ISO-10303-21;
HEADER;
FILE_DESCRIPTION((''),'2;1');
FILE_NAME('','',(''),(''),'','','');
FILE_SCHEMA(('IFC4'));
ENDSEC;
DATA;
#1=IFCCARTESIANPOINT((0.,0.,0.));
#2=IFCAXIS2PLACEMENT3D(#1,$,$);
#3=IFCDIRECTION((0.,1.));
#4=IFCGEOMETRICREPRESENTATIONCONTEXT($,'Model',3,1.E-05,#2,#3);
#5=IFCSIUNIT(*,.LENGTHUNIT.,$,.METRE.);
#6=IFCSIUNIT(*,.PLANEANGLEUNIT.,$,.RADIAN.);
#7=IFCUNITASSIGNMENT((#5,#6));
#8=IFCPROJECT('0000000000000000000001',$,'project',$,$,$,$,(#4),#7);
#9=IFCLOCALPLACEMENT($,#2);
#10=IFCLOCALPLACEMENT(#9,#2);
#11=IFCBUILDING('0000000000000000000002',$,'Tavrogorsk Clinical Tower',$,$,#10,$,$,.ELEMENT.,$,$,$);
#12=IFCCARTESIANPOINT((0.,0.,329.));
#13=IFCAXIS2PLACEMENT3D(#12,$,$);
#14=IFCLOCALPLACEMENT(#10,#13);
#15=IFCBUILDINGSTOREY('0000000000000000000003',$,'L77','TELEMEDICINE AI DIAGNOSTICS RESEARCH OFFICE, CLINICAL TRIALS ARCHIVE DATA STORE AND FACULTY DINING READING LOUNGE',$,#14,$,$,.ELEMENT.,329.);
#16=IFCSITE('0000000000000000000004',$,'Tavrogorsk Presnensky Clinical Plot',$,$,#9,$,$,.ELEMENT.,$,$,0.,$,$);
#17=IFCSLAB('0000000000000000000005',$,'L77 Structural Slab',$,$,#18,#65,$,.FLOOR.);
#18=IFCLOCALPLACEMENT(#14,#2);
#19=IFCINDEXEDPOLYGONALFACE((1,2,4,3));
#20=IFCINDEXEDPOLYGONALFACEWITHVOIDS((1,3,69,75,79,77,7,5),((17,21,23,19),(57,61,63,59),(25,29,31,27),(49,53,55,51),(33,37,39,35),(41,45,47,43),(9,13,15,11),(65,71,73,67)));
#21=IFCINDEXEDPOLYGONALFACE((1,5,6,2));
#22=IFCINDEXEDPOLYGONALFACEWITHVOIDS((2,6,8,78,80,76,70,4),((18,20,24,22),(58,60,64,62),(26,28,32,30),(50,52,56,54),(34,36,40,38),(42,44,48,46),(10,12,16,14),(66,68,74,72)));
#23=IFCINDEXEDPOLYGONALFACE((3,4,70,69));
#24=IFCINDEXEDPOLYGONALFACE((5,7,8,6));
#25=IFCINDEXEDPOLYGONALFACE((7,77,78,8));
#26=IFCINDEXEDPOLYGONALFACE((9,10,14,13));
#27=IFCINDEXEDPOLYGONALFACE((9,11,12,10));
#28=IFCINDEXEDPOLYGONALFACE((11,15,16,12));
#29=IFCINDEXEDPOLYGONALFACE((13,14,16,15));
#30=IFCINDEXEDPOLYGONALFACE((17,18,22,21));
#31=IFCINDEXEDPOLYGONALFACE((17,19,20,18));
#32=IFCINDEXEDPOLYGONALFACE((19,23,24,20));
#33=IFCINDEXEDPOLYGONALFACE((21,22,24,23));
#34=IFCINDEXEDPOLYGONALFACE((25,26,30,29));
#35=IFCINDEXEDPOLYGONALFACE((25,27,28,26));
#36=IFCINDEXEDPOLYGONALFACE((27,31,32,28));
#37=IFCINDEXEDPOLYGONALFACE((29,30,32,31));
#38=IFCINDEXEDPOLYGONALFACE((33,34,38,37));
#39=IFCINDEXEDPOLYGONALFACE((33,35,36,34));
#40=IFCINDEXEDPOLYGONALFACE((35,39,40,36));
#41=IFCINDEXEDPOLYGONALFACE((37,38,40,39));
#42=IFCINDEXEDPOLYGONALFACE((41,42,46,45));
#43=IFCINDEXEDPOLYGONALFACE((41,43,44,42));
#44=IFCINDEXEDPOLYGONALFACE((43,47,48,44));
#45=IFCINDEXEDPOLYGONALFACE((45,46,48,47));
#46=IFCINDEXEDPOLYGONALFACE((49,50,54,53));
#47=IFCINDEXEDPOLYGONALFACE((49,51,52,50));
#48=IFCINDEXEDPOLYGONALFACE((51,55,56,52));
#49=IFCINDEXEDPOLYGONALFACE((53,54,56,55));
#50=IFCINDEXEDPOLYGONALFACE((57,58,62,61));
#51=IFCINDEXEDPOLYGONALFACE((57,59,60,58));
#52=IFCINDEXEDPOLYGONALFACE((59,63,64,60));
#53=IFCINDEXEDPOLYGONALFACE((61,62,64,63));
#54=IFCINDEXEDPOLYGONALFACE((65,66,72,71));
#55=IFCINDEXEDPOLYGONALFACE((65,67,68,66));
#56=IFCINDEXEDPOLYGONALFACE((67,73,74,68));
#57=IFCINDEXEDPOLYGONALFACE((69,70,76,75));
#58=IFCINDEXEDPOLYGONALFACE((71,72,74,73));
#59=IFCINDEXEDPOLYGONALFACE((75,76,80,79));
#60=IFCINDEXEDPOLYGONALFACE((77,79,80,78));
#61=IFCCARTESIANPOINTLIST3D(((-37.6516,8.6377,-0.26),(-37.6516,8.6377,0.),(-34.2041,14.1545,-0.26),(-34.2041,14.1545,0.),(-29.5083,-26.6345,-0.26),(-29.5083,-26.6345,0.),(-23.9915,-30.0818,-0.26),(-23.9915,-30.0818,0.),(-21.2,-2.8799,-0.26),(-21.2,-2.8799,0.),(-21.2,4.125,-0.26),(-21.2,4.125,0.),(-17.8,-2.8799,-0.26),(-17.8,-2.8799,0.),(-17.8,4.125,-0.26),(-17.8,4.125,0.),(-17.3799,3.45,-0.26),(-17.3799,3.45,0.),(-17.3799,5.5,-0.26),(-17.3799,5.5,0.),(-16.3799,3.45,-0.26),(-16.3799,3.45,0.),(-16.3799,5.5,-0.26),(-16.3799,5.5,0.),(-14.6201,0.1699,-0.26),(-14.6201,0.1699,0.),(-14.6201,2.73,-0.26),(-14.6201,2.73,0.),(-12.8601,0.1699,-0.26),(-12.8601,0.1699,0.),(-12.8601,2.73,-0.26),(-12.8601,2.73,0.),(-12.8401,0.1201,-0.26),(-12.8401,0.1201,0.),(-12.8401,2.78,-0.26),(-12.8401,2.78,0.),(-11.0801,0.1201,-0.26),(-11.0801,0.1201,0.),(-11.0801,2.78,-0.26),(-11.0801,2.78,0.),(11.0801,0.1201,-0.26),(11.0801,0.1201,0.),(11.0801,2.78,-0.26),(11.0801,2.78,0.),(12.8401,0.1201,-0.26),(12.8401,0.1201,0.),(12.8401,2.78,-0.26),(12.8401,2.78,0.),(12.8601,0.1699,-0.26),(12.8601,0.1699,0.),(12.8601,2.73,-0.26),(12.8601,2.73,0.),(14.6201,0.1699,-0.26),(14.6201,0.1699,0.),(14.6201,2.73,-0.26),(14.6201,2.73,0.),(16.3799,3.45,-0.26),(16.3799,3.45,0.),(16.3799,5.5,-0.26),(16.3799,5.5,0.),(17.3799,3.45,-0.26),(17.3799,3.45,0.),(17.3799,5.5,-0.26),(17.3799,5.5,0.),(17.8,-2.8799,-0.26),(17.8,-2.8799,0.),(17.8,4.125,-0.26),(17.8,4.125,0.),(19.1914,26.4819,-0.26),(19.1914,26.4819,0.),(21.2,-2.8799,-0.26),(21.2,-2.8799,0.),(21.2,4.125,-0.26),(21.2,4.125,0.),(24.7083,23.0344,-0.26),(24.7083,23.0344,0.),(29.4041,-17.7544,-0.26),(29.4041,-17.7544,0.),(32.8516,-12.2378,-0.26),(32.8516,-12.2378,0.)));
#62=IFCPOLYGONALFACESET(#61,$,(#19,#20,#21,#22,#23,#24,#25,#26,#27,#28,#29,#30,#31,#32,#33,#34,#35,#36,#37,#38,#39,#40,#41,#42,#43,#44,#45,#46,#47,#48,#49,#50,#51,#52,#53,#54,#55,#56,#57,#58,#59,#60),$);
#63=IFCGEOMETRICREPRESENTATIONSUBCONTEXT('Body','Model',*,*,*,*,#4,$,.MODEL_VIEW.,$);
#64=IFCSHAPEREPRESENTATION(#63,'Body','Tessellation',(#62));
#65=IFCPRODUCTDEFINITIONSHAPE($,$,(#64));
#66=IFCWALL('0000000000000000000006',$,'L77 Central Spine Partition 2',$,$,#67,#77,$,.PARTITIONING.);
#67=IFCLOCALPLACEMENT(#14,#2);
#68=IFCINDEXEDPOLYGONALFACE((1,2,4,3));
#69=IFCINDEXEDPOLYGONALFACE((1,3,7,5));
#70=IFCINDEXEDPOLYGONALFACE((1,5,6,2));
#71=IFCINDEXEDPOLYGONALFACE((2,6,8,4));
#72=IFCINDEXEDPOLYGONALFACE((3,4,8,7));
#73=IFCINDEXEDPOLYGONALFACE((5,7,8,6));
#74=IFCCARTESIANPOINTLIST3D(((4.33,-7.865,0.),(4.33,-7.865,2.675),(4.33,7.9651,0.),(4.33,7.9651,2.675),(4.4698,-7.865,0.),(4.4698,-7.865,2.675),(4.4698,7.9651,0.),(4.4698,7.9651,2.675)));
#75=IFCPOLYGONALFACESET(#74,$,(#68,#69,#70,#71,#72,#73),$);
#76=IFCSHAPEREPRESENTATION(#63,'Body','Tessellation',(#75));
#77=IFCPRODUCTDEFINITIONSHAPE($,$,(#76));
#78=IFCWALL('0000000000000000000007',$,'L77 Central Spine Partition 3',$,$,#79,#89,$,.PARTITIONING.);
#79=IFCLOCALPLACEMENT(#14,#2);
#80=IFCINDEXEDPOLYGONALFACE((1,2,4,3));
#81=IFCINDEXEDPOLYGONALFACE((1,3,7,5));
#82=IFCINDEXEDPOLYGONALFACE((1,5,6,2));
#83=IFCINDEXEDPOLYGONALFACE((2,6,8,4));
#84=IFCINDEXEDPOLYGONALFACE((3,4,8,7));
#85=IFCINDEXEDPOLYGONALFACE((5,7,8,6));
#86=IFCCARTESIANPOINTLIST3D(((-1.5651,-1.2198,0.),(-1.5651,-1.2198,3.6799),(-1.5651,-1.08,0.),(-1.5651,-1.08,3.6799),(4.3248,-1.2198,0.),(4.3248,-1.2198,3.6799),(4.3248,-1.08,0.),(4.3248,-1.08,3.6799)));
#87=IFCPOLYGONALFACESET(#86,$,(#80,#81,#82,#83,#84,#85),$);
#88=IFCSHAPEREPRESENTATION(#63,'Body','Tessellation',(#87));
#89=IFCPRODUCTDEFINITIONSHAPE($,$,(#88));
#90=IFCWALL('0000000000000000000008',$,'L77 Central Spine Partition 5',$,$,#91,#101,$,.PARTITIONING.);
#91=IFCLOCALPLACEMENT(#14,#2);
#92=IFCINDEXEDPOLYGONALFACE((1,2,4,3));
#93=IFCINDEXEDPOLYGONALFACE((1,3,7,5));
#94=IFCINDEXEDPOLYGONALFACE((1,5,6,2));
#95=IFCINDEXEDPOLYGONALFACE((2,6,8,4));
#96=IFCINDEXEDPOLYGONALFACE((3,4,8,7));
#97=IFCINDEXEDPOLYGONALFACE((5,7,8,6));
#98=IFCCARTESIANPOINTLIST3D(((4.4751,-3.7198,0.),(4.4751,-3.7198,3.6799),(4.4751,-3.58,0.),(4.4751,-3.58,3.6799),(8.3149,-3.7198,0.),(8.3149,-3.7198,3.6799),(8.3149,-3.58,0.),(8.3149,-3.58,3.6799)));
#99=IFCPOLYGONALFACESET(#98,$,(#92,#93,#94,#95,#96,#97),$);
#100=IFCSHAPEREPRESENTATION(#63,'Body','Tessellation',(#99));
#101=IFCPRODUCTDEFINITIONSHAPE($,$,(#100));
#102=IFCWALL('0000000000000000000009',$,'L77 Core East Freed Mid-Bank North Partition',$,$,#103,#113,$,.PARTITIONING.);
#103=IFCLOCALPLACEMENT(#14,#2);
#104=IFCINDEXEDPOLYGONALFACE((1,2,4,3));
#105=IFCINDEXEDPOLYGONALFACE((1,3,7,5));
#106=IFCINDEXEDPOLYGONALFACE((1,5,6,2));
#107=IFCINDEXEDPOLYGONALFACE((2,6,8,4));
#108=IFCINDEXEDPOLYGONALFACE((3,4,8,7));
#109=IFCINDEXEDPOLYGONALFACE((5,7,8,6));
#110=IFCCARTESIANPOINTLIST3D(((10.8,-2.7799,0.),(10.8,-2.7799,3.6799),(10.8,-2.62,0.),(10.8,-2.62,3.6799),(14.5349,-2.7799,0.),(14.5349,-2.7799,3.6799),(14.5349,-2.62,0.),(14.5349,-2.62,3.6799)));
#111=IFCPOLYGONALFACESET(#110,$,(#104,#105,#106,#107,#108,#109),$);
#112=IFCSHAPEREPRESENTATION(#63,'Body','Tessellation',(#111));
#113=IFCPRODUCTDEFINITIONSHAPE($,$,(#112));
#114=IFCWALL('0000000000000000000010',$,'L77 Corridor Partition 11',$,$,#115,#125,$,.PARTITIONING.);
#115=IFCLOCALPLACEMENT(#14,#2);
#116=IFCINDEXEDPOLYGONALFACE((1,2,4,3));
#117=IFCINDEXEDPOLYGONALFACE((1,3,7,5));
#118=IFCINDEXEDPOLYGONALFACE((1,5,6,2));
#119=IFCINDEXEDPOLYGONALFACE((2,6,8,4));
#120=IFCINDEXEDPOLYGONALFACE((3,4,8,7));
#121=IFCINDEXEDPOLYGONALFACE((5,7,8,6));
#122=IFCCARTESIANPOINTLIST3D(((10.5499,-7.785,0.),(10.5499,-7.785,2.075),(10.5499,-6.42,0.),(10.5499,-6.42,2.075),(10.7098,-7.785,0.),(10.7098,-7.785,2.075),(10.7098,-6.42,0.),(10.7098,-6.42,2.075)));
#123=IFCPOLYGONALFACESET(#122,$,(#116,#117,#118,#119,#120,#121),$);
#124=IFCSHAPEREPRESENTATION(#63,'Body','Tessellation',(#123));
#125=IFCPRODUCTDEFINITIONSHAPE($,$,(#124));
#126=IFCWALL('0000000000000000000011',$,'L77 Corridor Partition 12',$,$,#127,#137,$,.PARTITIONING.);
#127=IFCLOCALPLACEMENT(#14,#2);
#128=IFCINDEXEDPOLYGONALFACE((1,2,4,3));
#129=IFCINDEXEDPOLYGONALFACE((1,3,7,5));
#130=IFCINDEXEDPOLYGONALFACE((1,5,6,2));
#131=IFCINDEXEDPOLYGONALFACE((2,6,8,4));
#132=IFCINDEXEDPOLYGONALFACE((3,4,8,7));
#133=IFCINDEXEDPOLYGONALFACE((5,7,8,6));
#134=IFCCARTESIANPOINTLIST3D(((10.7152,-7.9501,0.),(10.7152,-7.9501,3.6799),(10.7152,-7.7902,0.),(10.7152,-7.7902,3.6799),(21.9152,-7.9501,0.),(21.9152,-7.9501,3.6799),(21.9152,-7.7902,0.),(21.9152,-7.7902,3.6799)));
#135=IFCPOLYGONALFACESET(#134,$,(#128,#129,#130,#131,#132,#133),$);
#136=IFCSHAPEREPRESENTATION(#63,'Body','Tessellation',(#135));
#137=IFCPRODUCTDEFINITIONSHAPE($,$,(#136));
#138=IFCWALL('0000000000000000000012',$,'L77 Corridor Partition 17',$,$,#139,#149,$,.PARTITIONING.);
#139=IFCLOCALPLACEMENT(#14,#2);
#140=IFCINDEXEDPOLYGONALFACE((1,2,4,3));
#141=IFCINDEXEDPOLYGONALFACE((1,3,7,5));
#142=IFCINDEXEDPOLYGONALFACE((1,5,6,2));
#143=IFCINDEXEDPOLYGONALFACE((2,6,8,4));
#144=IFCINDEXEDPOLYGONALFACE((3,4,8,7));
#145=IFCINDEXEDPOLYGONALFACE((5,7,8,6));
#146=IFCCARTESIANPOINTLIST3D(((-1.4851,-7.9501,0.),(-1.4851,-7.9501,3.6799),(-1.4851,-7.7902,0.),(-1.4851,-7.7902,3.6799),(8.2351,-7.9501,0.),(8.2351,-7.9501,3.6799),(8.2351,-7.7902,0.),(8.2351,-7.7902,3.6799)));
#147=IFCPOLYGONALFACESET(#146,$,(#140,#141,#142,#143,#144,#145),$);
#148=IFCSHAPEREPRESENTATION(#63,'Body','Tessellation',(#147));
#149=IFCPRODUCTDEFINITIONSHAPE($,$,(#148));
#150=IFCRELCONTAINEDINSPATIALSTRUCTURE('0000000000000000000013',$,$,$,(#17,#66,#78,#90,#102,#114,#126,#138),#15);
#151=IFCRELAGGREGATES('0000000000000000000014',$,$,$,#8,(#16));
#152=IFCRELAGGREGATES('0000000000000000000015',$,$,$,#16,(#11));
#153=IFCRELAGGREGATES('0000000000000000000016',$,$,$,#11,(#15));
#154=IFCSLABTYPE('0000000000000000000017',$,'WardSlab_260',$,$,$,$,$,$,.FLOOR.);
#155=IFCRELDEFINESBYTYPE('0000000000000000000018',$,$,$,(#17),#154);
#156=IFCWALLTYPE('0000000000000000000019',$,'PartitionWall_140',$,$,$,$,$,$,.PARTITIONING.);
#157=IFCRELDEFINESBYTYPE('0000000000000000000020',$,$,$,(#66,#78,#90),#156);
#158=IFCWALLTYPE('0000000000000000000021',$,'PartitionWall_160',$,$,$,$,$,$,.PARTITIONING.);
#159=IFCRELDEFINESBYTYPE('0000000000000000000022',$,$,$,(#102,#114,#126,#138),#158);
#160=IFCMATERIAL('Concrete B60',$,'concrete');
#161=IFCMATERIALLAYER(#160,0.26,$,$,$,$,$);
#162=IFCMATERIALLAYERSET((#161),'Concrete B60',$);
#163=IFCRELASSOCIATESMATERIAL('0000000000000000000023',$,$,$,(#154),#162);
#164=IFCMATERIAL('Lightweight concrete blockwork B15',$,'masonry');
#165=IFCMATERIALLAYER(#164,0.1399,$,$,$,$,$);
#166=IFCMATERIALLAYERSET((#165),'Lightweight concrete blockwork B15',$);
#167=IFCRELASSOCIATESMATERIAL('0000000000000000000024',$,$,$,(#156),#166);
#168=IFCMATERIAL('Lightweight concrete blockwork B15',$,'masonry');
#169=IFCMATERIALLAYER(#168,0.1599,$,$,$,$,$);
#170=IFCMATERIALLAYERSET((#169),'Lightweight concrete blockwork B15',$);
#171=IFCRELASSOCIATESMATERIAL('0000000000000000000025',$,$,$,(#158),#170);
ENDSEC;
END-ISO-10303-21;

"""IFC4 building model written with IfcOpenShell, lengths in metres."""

from ifc_helpers import new_model, si_unit, direction, frame, frame_2d, origin, place, context, subcontext, project, spatial, polyline, rectangle, outline, extrude, material, layer, layer_set, type_object, element, save


model = new_model("IFC4")

# Units and contexts
model_context = context("Model", 3, precision=1e-05, world=origin(), true_north=direction((0.0, 1.0)))
body_context = subcontext(model_context, "Body", "Model", "MODEL_VIEW")
ifc_project = project(units=[si_unit("LENGTHUNIT", "METRE"), si_unit("PLANEANGLEUNIT", "RADIAN")], contexts=[model_context])

# Site, building, storey
site_placement = place(None, origin())
site = spatial("IfcSite", under=ifc_project, at=site_placement, Name="Tavrogorsk Presnensky Clinical Plot", CompositionType="ELEMENT", RefElevation=0.0)
building_placement = place(site_placement, origin())
building = spatial("IfcBuilding", under=site, at=building_placement, Name="Tavrogorsk Clinical Tower", CompositionType="ELEMENT")
storey_placement = place(building_placement, frame((0.0, 0.0, 329.0)))
storey = spatial("IfcBuildingStorey", under=building, at=storey_placement, Name="L77", Description="TELEMEDICINE AI DIAGNOSTICS RESEARCH OFFICE, CLINICAL TRIALS ARCHIVE DATA STORE AND FACULTY DINING READING LOUNGE", CompositionType="ELEMENT", Elevation=329.0)

# Slab
ifc_material_1 = material(Name="Concrete B60", Category="concrete")
ifc_layer_1 = layer(ifc_material_1, 0.26)
ifc_layer_set_1 = layer_set([ifc_layer_1], Name="Concrete B60")
slab_type = type_object("IfcSlabType", Name="WardSlab_260", PredefinedType="FLOOR", material=ifc_layer_set_1)
slab_placement = place(storey_placement, frame((0.0, 0.0, -0.26)))
element("IfcSlab", 1, at=slab_placement, inside=storey, type_object=slab_type, Name="L77 Structural Slab", PredefinedType="FLOOR", context=body_context, shape_type="SweptSolid", body=[
    extrude(outline(polyline([(-23.9915, -30.0818), (29.4041, -17.7544), (32.8516, -12.2378), (24.7083, 23.0344), (19.1914, 26.4819), (-34.2041, 14.1545), (-37.6516, 8.6377), (-29.5083, -26.6345), (-23.9915, -30.0818)]), holes=[polyline([(-17.8, -2.8799), (-17.8, 4.125), (-21.2, 4.125), (-21.2, -2.8799), (-17.8, -2.8799)]), polyline([(21.2, -2.8799), (21.2, 4.125), (17.8, 4.125), (17.8, -2.8799), (21.2, -2.8799)]), polyline([(-14.6201, 0.1699), (-12.8601, 0.1699), (-12.8601, 2.73), (-14.6201, 2.73), (-14.6201, 0.1699)]), polyline([(-12.8401, 0.1201), (-11.0801, 0.1201), (-11.0801, 2.78), (-12.8401, 2.78), (-12.8401, 0.1201)]), polyline([(12.8601, 0.1699), (14.6201, 0.1699), (14.6201, 2.73), (12.8601, 2.73), (12.8601, 0.1699)]), polyline([(11.0801, 0.1201), (12.8401, 0.1201), (12.8401, 2.78), (11.0801, 2.78), (11.0801, 0.1201)]), polyline([(-17.3799, 3.45), (-16.3799, 3.45), (-16.3799, 5.5), (-17.3799, 5.5), (-17.3799, 3.45)]), polyline([(16.3799, 3.45), (17.3799, 3.45), (17.3799, 5.5), (16.3799, 5.5), (16.3799, 3.45)])]), origin(), (0.0, 0.0, 1.0), 0.26),
])

# Walls
ifc_material_2 = material(Name="Lightweight concrete blockwork B15", Category="masonry")
ifc_layer_2 = layer(ifc_material_2, 0.1399)
ifc_layer_set_2 = layer_set([ifc_layer_2], Name="Lightweight concrete blockwork B15")
wall_type_1 = type_object("IfcWallType", Name="PartitionWall_140", PredefinedType="PARTITIONING", material=ifc_layer_set_2)
wall_1_placement = place(storey_placement, frame((4.3999, -7.865, 0.0), z_axis=(0.0, 0.0, 1.0), x_axis=(0.0, 1.0, 0.0)))
element("IfcWall", 2, at=wall_1_placement, inside=storey, type_object=wall_type_1, Name="L77 Central Spine Partition 2", PredefinedType="PARTITIONING", context=body_context, shape_type="SweptSolid", body=[
    extrude(rectangle(XDim=15.8301, YDim=0.1399, at=frame_2d((7.915, 0.0))), origin(), (0.0, 0.0, 1.0), 2.675),
])
wall_2_placement = place(storey_placement, frame((-1.5649, -1.1499, 0.0), z_axis=(0.0, 0.0, 1.0), x_axis=(1.0, 0.0, 0.0)))
element("IfcWall", 3, at=wall_2_placement, inside=storey, type_object=wall_type_1, Name="L77 Central Spine Partition 3", PredefinedType="PARTITIONING", context=body_context, shape_type="SweptSolid", body=[
    extrude(rectangle(XDim=5.8899, YDim=0.1399, at=frame_2d((2.9448, 0.0))), origin(), (0.0, 0.0, 1.0), 3.6799),
])
wall_3_placement = place(storey_placement, frame((4.4751, -3.6499, 0.0), z_axis=(0.0, 0.0, 1.0), x_axis=(1.0, 0.0, 0.0)))
element("IfcWall", 4, at=wall_3_placement, inside=storey, type_object=wall_type_1, Name="L77 Central Spine Partition 5", PredefinedType="PARTITIONING", context=body_context, shape_type="SweptSolid", body=[
    extrude(rectangle(XDim=3.8398, YDim=0.1399, at=frame_2d((1.9199, 0.0))), origin(), (0.0, 0.0, 1.0), 3.6799),
])
ifc_material_3 = material(Name="Lightweight concrete blockwork B15", Category="masonry")
ifc_layer_3 = layer(ifc_material_3, 0.1599)
ifc_layer_set_3 = layer_set([ifc_layer_3], Name="Lightweight concrete blockwork B15")
wall_type_2 = type_object("IfcWallType", Name="PartitionWall_160", PredefinedType="PARTITIONING", material=ifc_layer_set_3)
wall_4_placement = place(storey_placement, frame((10.8, -2.7, 0.0), z_axis=(0.0, 0.0, 1.0), x_axis=(1.0, 0.0, 0.0)))
element("IfcWall", 5, at=wall_4_placement, inside=storey, type_object=wall_type_2, Name="L77 Core East Freed Mid-Bank North Partition", PredefinedType="PARTITIONING", context=body_context, shape_type="SweptSolid", body=[
    extrude(rectangle(XDim=3.7349, YDim=0.1599, at=frame_2d((1.8674, 0.0))), origin(), (0.0, 0.0, 1.0), 3.6799),
])
wall_5_placement = place(storey_placement, frame((10.6299, -6.4199, 0.0), z_axis=(0.0, 0.0, 1.0), x_axis=(0.0, -1.0, 0.0)))
element("IfcWall", 6, at=wall_5_placement, inside=storey, type_object=wall_type_2, Name="L77 Corridor Partition 11", PredefinedType="PARTITIONING", context=body_context, shape_type="SweptSolid", body=[
    extrude(rectangle(XDim=1.365, YDim=0.1599, at=frame_2d((0.6826, 0.0))), origin(), (0.0, 0.0, 1.0), 2.075),
])
wall_6_placement = place(storey_placement, frame((10.7151, -7.8701, 0.0), z_axis=(0.0, 0.0, 1.0), x_axis=(1.0, 0.0, 0.0)))
element("IfcWall", 7, at=wall_6_placement, inside=storey, type_object=wall_type_2, Name="L77 Corridor Partition 12", PredefinedType="PARTITIONING", context=body_context, shape_type="SweptSolid", body=[
    extrude(rectangle(XDim=11.2, YDim=0.1599, at=frame_2d((5.6001, 0.0))), origin(), (0.0, 0.0, 1.0), 3.6799),
])
wall_7_placement = place(storey_placement, frame((-1.4851, -7.8701, 0.0), z_axis=(0.0, 0.0, 1.0), x_axis=(1.0, 0.0, 0.0)))
element("IfcWall", 8, at=wall_7_placement, inside=storey, type_object=wall_type_2, Name="L77 Corridor Partition 17", PredefinedType="PARTITIONING", context=body_context, shape_type="SweptSolid", body=[
    extrude(rectangle(XDim=9.7202, YDim=0.1599, at=frame_2d((4.8601, 0.0))), origin(), (0.0, 0.0, 1.0), 3.6799),
])

save(model, "model.ifc")
